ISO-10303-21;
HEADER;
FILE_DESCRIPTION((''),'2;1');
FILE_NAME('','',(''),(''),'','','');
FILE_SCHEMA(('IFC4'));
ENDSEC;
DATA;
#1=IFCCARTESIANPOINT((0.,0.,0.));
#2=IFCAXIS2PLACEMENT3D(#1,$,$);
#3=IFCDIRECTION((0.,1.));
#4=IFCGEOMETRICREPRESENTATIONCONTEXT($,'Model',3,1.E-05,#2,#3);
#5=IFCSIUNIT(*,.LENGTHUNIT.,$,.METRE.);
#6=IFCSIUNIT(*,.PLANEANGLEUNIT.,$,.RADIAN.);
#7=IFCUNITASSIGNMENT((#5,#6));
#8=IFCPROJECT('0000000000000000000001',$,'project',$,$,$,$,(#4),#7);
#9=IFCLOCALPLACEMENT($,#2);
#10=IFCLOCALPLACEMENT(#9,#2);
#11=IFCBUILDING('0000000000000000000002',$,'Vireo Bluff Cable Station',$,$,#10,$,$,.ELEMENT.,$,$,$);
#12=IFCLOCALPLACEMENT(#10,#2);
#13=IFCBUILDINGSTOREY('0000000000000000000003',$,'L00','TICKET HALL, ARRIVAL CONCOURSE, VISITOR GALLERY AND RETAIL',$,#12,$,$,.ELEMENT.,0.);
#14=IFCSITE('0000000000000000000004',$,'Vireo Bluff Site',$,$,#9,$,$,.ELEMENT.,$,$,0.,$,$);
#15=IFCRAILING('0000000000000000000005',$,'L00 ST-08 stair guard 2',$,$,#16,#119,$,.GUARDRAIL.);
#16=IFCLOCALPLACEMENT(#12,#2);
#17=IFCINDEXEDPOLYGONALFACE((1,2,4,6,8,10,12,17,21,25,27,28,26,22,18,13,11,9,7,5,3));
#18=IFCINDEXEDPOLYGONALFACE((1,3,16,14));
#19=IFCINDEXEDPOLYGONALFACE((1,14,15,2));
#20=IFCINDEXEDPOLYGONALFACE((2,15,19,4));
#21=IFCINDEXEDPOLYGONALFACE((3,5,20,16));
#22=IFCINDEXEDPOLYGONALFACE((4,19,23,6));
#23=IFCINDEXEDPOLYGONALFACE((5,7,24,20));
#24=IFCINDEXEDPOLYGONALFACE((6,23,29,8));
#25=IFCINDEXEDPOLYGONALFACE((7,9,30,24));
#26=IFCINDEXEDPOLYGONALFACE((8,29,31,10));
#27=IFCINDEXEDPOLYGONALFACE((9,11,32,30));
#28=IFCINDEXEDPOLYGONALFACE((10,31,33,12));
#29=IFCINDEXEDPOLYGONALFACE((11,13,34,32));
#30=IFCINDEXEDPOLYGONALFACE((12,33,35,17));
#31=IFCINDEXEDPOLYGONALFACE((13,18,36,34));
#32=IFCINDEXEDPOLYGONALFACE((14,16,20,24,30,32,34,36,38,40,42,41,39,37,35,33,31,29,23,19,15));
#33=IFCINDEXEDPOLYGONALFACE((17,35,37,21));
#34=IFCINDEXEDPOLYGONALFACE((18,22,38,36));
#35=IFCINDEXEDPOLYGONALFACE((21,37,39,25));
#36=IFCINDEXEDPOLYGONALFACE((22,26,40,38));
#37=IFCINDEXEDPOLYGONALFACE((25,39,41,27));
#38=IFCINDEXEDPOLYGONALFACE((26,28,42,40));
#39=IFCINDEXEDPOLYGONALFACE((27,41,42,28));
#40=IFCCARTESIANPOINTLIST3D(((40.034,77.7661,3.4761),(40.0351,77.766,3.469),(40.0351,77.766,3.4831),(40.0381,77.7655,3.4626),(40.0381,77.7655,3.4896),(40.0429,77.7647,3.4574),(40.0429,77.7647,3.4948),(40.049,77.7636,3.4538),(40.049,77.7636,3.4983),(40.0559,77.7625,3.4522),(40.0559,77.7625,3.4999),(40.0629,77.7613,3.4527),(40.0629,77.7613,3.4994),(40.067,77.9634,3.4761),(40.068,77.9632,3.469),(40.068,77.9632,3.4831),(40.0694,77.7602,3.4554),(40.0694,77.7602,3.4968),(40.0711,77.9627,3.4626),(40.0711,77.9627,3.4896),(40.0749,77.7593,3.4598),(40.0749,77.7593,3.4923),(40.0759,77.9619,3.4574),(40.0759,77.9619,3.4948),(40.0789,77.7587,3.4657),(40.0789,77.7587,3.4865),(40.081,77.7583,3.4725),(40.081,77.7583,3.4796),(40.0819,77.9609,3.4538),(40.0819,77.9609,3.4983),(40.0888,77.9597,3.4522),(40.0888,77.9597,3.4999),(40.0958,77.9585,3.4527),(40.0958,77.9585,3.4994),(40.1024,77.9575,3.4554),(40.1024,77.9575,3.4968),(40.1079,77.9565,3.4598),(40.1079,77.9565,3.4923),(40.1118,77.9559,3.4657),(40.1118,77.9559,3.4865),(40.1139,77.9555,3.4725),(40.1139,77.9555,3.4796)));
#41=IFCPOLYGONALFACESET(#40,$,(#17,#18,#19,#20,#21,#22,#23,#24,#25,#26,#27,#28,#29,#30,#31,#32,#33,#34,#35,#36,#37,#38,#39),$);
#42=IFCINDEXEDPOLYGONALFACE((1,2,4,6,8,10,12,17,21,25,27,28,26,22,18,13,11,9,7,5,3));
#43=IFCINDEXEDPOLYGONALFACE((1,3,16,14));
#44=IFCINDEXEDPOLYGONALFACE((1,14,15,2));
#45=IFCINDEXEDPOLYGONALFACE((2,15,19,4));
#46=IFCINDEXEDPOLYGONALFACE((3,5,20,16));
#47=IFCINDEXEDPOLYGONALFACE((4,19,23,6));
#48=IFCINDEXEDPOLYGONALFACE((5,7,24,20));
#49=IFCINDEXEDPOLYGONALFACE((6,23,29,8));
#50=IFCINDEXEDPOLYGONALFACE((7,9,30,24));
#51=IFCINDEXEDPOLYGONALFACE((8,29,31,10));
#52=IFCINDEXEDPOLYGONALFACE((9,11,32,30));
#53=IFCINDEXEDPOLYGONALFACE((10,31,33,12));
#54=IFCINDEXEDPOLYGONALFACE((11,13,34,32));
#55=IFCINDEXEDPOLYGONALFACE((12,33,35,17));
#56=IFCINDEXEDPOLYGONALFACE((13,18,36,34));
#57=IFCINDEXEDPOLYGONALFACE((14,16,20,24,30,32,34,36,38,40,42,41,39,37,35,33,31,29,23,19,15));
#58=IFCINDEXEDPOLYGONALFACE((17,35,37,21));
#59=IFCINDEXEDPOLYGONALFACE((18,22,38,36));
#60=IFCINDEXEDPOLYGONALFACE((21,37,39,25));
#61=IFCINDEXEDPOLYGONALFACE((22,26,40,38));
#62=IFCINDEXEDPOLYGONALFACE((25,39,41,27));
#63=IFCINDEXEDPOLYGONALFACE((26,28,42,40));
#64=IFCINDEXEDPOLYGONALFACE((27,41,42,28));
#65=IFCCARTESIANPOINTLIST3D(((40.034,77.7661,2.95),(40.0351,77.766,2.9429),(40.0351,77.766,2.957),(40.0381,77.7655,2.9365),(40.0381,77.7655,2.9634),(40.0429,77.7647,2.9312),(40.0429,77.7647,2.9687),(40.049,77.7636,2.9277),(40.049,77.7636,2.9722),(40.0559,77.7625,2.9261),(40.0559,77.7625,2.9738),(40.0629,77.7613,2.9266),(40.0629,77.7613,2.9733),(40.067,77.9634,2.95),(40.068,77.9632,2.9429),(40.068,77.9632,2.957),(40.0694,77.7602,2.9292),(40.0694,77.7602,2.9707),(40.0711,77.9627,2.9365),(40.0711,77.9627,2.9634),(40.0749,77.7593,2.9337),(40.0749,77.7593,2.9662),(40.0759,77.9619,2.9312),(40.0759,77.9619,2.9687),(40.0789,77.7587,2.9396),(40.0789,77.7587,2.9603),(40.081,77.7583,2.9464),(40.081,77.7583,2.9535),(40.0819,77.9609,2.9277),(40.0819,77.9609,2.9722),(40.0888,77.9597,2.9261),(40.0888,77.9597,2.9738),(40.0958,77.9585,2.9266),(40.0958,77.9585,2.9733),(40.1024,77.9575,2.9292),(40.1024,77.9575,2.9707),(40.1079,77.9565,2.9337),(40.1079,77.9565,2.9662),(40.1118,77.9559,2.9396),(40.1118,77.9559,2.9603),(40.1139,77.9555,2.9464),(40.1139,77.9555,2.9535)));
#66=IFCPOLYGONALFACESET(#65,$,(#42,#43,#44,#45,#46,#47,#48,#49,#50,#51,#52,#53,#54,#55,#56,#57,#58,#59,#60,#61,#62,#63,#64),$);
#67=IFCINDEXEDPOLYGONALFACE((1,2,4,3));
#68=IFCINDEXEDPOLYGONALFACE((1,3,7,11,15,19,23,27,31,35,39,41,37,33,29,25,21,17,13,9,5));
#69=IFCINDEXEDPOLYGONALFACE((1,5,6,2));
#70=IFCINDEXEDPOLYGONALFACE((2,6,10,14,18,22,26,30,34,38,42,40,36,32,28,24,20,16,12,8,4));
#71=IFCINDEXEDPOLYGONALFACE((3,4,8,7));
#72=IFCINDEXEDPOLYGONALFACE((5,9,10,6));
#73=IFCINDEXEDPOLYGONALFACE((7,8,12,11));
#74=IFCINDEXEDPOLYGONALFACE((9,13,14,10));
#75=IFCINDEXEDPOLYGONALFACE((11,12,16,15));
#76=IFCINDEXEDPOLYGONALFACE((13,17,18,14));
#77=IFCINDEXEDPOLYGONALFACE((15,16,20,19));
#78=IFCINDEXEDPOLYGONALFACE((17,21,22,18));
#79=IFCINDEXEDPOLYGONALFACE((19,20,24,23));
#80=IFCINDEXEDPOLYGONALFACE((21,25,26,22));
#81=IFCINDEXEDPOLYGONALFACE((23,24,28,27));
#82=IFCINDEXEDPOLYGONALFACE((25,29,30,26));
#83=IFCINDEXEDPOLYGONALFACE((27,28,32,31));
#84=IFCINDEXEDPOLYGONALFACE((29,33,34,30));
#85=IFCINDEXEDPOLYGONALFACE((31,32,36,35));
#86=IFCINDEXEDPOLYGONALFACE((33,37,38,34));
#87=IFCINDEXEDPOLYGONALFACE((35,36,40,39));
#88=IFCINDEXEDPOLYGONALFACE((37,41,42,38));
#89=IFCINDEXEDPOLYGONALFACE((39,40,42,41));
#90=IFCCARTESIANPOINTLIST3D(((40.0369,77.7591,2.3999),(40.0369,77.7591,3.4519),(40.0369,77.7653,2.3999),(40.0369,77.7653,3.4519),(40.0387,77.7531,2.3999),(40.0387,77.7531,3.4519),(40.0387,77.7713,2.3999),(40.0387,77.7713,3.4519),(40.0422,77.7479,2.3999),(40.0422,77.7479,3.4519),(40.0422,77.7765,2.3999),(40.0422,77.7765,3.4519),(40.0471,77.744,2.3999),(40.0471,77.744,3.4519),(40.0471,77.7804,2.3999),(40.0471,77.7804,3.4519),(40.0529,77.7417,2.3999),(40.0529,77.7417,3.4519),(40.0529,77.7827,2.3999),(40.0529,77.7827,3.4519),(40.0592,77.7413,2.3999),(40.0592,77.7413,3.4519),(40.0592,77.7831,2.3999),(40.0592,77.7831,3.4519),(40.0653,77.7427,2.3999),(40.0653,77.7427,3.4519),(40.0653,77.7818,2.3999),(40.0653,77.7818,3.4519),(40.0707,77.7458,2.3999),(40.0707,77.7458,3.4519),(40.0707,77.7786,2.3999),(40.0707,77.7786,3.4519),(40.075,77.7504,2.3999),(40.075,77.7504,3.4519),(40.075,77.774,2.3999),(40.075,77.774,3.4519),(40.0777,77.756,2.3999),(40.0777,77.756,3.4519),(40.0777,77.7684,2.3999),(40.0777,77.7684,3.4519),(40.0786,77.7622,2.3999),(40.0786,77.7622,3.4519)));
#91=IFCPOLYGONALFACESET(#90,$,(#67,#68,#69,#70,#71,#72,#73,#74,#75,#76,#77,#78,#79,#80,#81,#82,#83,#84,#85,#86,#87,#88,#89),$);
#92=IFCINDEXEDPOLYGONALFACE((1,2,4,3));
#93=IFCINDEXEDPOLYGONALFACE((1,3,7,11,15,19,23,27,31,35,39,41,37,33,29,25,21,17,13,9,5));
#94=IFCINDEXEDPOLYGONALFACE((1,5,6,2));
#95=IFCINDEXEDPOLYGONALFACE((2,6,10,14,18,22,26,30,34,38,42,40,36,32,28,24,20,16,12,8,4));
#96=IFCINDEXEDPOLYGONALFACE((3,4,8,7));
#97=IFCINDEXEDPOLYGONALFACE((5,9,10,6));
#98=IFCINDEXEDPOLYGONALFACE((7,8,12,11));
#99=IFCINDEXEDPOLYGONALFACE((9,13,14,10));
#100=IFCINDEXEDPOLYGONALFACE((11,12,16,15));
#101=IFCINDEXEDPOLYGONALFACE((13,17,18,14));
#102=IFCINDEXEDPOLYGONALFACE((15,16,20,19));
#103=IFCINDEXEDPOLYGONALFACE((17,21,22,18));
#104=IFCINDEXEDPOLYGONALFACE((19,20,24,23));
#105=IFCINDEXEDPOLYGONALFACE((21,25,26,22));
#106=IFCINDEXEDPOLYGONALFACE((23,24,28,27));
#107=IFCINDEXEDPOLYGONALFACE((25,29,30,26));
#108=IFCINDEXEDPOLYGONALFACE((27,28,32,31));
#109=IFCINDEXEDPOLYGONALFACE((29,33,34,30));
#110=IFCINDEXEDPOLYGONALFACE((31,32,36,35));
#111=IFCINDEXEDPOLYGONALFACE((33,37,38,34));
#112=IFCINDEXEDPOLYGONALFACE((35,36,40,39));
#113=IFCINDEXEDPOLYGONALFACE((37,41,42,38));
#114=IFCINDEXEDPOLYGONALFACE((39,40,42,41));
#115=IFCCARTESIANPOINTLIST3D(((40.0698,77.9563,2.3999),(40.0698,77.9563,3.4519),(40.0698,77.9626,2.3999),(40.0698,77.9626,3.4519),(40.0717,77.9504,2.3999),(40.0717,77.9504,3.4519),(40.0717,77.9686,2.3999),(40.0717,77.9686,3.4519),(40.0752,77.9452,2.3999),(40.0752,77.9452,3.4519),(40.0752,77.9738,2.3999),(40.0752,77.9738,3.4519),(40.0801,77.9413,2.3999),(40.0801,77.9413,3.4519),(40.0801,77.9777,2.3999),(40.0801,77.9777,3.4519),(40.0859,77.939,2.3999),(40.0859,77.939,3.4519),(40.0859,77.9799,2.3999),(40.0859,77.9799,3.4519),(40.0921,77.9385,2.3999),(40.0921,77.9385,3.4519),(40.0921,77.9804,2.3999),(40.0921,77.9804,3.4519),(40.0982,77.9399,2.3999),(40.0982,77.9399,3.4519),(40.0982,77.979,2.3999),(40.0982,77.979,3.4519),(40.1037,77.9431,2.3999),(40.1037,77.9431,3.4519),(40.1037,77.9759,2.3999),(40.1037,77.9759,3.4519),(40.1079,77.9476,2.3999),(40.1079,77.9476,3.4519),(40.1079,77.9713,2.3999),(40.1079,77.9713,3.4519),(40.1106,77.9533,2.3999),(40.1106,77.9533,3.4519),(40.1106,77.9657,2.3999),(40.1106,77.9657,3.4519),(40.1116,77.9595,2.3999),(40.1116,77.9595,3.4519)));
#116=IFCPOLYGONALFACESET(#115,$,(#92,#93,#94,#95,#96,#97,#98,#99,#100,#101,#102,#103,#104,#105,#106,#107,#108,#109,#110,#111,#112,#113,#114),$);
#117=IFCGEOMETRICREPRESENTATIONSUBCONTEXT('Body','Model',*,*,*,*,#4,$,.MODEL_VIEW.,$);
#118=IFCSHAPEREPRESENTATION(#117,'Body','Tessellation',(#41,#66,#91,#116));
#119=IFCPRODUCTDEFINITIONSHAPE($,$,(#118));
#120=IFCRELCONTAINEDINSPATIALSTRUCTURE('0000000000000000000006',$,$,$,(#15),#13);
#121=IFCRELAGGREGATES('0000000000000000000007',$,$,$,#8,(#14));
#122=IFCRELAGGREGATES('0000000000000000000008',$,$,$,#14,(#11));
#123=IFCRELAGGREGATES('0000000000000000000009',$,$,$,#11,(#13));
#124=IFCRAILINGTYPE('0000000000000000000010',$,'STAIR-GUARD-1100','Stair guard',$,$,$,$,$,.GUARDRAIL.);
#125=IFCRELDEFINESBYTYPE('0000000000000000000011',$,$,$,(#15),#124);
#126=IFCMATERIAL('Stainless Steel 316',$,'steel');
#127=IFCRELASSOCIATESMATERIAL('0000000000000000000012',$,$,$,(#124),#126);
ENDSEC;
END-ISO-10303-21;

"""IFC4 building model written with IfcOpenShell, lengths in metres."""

from ifc_helpers import new_model, si_unit, direction, frame, origin, origin_2d, place, context, subcontext, project, spatial, circle, extrude, material, type_object, element, save


model = new_model("IFC4")

# Units and contexts
model_context = context("Model", 3, precision=1e-05, world=origin(), true_north=direction((0.0, 1.0)))
body_context = subcontext(model_context, "Body", "Model", "MODEL_VIEW")
ifc_project = project(units=[si_unit("LENGTHUNIT", "METRE"), si_unit("PLANEANGLEUNIT", "RADIAN")], contexts=[model_context])

# Site, building, storey
site_placement = place(None, origin())
site = spatial("IfcSite", under=ifc_project, at=site_placement, Name="Vireo Bluff Site", CompositionType="ELEMENT", RefElevation=0.0)
building_placement = place(site_placement, origin())
building = spatial("IfcBuilding", under=site, at=building_placement, Name="Vireo Bluff Cable Station", CompositionType="ELEMENT")
storey_placement = place(building_placement, origin())
storey = spatial("IfcBuildingStorey", under=building, at=storey_placement, Name="L00", Description="TICKET HALL, ARRIVAL CONCOURSE, VISITOR GALLERY AND RETAIL", CompositionType="ELEMENT", Elevation=0.0)

# Railing
ifc_material_1 = material(Name="Stainless Steel 316", Category="steel")
railing_type = type_object("IfcRailingType", Name="STAIR-GUARD-1100", Description="Stair guard", PredefinedType="GUARDRAIL", material=ifc_material_1)
railing_1_placement = place(storey_placement, frame((40.0576, 77.7622, 2.3999)))
element("IfcRailing", 1, at=railing_1_placement, inside=storey, type_object=railing_type, Name="L00 ST-08 stair guard 2", PredefinedType="GUARDRAIL", context=body_context, shape_type="SweptSolid", body=[
    extrude(circle(Radius=0.0239, at=origin_2d()), frame((0.0, 0.0, 1.0762), z_axis=(0.164795, 0.986328, 0.0), x_axis=(-0.986328, 0.164795, 0.0)), (0.0, 0.0, 1.0), 0.2),
    extrude(circle(Radius=0.0239, at=origin_2d()), frame((0.0, 0.0, 0.55), z_axis=(0.164795, 0.986328, 0.0), x_axis=(-0.986328, 0.164795, 0.0)), (0.0, 0.0, 1.0), 0.2),
    extrude(circle(Radius=0.021, at=origin_2d()), origin(), (0.0, 0.0, 1.0), 1.052),
    extrude(circle(Radius=0.021, at=origin_2d()), frame((0.033, 0.1973, 0.0)), (0.0, 0.0, 1.0), 1.052),
])

save(model, "model.ifc")
